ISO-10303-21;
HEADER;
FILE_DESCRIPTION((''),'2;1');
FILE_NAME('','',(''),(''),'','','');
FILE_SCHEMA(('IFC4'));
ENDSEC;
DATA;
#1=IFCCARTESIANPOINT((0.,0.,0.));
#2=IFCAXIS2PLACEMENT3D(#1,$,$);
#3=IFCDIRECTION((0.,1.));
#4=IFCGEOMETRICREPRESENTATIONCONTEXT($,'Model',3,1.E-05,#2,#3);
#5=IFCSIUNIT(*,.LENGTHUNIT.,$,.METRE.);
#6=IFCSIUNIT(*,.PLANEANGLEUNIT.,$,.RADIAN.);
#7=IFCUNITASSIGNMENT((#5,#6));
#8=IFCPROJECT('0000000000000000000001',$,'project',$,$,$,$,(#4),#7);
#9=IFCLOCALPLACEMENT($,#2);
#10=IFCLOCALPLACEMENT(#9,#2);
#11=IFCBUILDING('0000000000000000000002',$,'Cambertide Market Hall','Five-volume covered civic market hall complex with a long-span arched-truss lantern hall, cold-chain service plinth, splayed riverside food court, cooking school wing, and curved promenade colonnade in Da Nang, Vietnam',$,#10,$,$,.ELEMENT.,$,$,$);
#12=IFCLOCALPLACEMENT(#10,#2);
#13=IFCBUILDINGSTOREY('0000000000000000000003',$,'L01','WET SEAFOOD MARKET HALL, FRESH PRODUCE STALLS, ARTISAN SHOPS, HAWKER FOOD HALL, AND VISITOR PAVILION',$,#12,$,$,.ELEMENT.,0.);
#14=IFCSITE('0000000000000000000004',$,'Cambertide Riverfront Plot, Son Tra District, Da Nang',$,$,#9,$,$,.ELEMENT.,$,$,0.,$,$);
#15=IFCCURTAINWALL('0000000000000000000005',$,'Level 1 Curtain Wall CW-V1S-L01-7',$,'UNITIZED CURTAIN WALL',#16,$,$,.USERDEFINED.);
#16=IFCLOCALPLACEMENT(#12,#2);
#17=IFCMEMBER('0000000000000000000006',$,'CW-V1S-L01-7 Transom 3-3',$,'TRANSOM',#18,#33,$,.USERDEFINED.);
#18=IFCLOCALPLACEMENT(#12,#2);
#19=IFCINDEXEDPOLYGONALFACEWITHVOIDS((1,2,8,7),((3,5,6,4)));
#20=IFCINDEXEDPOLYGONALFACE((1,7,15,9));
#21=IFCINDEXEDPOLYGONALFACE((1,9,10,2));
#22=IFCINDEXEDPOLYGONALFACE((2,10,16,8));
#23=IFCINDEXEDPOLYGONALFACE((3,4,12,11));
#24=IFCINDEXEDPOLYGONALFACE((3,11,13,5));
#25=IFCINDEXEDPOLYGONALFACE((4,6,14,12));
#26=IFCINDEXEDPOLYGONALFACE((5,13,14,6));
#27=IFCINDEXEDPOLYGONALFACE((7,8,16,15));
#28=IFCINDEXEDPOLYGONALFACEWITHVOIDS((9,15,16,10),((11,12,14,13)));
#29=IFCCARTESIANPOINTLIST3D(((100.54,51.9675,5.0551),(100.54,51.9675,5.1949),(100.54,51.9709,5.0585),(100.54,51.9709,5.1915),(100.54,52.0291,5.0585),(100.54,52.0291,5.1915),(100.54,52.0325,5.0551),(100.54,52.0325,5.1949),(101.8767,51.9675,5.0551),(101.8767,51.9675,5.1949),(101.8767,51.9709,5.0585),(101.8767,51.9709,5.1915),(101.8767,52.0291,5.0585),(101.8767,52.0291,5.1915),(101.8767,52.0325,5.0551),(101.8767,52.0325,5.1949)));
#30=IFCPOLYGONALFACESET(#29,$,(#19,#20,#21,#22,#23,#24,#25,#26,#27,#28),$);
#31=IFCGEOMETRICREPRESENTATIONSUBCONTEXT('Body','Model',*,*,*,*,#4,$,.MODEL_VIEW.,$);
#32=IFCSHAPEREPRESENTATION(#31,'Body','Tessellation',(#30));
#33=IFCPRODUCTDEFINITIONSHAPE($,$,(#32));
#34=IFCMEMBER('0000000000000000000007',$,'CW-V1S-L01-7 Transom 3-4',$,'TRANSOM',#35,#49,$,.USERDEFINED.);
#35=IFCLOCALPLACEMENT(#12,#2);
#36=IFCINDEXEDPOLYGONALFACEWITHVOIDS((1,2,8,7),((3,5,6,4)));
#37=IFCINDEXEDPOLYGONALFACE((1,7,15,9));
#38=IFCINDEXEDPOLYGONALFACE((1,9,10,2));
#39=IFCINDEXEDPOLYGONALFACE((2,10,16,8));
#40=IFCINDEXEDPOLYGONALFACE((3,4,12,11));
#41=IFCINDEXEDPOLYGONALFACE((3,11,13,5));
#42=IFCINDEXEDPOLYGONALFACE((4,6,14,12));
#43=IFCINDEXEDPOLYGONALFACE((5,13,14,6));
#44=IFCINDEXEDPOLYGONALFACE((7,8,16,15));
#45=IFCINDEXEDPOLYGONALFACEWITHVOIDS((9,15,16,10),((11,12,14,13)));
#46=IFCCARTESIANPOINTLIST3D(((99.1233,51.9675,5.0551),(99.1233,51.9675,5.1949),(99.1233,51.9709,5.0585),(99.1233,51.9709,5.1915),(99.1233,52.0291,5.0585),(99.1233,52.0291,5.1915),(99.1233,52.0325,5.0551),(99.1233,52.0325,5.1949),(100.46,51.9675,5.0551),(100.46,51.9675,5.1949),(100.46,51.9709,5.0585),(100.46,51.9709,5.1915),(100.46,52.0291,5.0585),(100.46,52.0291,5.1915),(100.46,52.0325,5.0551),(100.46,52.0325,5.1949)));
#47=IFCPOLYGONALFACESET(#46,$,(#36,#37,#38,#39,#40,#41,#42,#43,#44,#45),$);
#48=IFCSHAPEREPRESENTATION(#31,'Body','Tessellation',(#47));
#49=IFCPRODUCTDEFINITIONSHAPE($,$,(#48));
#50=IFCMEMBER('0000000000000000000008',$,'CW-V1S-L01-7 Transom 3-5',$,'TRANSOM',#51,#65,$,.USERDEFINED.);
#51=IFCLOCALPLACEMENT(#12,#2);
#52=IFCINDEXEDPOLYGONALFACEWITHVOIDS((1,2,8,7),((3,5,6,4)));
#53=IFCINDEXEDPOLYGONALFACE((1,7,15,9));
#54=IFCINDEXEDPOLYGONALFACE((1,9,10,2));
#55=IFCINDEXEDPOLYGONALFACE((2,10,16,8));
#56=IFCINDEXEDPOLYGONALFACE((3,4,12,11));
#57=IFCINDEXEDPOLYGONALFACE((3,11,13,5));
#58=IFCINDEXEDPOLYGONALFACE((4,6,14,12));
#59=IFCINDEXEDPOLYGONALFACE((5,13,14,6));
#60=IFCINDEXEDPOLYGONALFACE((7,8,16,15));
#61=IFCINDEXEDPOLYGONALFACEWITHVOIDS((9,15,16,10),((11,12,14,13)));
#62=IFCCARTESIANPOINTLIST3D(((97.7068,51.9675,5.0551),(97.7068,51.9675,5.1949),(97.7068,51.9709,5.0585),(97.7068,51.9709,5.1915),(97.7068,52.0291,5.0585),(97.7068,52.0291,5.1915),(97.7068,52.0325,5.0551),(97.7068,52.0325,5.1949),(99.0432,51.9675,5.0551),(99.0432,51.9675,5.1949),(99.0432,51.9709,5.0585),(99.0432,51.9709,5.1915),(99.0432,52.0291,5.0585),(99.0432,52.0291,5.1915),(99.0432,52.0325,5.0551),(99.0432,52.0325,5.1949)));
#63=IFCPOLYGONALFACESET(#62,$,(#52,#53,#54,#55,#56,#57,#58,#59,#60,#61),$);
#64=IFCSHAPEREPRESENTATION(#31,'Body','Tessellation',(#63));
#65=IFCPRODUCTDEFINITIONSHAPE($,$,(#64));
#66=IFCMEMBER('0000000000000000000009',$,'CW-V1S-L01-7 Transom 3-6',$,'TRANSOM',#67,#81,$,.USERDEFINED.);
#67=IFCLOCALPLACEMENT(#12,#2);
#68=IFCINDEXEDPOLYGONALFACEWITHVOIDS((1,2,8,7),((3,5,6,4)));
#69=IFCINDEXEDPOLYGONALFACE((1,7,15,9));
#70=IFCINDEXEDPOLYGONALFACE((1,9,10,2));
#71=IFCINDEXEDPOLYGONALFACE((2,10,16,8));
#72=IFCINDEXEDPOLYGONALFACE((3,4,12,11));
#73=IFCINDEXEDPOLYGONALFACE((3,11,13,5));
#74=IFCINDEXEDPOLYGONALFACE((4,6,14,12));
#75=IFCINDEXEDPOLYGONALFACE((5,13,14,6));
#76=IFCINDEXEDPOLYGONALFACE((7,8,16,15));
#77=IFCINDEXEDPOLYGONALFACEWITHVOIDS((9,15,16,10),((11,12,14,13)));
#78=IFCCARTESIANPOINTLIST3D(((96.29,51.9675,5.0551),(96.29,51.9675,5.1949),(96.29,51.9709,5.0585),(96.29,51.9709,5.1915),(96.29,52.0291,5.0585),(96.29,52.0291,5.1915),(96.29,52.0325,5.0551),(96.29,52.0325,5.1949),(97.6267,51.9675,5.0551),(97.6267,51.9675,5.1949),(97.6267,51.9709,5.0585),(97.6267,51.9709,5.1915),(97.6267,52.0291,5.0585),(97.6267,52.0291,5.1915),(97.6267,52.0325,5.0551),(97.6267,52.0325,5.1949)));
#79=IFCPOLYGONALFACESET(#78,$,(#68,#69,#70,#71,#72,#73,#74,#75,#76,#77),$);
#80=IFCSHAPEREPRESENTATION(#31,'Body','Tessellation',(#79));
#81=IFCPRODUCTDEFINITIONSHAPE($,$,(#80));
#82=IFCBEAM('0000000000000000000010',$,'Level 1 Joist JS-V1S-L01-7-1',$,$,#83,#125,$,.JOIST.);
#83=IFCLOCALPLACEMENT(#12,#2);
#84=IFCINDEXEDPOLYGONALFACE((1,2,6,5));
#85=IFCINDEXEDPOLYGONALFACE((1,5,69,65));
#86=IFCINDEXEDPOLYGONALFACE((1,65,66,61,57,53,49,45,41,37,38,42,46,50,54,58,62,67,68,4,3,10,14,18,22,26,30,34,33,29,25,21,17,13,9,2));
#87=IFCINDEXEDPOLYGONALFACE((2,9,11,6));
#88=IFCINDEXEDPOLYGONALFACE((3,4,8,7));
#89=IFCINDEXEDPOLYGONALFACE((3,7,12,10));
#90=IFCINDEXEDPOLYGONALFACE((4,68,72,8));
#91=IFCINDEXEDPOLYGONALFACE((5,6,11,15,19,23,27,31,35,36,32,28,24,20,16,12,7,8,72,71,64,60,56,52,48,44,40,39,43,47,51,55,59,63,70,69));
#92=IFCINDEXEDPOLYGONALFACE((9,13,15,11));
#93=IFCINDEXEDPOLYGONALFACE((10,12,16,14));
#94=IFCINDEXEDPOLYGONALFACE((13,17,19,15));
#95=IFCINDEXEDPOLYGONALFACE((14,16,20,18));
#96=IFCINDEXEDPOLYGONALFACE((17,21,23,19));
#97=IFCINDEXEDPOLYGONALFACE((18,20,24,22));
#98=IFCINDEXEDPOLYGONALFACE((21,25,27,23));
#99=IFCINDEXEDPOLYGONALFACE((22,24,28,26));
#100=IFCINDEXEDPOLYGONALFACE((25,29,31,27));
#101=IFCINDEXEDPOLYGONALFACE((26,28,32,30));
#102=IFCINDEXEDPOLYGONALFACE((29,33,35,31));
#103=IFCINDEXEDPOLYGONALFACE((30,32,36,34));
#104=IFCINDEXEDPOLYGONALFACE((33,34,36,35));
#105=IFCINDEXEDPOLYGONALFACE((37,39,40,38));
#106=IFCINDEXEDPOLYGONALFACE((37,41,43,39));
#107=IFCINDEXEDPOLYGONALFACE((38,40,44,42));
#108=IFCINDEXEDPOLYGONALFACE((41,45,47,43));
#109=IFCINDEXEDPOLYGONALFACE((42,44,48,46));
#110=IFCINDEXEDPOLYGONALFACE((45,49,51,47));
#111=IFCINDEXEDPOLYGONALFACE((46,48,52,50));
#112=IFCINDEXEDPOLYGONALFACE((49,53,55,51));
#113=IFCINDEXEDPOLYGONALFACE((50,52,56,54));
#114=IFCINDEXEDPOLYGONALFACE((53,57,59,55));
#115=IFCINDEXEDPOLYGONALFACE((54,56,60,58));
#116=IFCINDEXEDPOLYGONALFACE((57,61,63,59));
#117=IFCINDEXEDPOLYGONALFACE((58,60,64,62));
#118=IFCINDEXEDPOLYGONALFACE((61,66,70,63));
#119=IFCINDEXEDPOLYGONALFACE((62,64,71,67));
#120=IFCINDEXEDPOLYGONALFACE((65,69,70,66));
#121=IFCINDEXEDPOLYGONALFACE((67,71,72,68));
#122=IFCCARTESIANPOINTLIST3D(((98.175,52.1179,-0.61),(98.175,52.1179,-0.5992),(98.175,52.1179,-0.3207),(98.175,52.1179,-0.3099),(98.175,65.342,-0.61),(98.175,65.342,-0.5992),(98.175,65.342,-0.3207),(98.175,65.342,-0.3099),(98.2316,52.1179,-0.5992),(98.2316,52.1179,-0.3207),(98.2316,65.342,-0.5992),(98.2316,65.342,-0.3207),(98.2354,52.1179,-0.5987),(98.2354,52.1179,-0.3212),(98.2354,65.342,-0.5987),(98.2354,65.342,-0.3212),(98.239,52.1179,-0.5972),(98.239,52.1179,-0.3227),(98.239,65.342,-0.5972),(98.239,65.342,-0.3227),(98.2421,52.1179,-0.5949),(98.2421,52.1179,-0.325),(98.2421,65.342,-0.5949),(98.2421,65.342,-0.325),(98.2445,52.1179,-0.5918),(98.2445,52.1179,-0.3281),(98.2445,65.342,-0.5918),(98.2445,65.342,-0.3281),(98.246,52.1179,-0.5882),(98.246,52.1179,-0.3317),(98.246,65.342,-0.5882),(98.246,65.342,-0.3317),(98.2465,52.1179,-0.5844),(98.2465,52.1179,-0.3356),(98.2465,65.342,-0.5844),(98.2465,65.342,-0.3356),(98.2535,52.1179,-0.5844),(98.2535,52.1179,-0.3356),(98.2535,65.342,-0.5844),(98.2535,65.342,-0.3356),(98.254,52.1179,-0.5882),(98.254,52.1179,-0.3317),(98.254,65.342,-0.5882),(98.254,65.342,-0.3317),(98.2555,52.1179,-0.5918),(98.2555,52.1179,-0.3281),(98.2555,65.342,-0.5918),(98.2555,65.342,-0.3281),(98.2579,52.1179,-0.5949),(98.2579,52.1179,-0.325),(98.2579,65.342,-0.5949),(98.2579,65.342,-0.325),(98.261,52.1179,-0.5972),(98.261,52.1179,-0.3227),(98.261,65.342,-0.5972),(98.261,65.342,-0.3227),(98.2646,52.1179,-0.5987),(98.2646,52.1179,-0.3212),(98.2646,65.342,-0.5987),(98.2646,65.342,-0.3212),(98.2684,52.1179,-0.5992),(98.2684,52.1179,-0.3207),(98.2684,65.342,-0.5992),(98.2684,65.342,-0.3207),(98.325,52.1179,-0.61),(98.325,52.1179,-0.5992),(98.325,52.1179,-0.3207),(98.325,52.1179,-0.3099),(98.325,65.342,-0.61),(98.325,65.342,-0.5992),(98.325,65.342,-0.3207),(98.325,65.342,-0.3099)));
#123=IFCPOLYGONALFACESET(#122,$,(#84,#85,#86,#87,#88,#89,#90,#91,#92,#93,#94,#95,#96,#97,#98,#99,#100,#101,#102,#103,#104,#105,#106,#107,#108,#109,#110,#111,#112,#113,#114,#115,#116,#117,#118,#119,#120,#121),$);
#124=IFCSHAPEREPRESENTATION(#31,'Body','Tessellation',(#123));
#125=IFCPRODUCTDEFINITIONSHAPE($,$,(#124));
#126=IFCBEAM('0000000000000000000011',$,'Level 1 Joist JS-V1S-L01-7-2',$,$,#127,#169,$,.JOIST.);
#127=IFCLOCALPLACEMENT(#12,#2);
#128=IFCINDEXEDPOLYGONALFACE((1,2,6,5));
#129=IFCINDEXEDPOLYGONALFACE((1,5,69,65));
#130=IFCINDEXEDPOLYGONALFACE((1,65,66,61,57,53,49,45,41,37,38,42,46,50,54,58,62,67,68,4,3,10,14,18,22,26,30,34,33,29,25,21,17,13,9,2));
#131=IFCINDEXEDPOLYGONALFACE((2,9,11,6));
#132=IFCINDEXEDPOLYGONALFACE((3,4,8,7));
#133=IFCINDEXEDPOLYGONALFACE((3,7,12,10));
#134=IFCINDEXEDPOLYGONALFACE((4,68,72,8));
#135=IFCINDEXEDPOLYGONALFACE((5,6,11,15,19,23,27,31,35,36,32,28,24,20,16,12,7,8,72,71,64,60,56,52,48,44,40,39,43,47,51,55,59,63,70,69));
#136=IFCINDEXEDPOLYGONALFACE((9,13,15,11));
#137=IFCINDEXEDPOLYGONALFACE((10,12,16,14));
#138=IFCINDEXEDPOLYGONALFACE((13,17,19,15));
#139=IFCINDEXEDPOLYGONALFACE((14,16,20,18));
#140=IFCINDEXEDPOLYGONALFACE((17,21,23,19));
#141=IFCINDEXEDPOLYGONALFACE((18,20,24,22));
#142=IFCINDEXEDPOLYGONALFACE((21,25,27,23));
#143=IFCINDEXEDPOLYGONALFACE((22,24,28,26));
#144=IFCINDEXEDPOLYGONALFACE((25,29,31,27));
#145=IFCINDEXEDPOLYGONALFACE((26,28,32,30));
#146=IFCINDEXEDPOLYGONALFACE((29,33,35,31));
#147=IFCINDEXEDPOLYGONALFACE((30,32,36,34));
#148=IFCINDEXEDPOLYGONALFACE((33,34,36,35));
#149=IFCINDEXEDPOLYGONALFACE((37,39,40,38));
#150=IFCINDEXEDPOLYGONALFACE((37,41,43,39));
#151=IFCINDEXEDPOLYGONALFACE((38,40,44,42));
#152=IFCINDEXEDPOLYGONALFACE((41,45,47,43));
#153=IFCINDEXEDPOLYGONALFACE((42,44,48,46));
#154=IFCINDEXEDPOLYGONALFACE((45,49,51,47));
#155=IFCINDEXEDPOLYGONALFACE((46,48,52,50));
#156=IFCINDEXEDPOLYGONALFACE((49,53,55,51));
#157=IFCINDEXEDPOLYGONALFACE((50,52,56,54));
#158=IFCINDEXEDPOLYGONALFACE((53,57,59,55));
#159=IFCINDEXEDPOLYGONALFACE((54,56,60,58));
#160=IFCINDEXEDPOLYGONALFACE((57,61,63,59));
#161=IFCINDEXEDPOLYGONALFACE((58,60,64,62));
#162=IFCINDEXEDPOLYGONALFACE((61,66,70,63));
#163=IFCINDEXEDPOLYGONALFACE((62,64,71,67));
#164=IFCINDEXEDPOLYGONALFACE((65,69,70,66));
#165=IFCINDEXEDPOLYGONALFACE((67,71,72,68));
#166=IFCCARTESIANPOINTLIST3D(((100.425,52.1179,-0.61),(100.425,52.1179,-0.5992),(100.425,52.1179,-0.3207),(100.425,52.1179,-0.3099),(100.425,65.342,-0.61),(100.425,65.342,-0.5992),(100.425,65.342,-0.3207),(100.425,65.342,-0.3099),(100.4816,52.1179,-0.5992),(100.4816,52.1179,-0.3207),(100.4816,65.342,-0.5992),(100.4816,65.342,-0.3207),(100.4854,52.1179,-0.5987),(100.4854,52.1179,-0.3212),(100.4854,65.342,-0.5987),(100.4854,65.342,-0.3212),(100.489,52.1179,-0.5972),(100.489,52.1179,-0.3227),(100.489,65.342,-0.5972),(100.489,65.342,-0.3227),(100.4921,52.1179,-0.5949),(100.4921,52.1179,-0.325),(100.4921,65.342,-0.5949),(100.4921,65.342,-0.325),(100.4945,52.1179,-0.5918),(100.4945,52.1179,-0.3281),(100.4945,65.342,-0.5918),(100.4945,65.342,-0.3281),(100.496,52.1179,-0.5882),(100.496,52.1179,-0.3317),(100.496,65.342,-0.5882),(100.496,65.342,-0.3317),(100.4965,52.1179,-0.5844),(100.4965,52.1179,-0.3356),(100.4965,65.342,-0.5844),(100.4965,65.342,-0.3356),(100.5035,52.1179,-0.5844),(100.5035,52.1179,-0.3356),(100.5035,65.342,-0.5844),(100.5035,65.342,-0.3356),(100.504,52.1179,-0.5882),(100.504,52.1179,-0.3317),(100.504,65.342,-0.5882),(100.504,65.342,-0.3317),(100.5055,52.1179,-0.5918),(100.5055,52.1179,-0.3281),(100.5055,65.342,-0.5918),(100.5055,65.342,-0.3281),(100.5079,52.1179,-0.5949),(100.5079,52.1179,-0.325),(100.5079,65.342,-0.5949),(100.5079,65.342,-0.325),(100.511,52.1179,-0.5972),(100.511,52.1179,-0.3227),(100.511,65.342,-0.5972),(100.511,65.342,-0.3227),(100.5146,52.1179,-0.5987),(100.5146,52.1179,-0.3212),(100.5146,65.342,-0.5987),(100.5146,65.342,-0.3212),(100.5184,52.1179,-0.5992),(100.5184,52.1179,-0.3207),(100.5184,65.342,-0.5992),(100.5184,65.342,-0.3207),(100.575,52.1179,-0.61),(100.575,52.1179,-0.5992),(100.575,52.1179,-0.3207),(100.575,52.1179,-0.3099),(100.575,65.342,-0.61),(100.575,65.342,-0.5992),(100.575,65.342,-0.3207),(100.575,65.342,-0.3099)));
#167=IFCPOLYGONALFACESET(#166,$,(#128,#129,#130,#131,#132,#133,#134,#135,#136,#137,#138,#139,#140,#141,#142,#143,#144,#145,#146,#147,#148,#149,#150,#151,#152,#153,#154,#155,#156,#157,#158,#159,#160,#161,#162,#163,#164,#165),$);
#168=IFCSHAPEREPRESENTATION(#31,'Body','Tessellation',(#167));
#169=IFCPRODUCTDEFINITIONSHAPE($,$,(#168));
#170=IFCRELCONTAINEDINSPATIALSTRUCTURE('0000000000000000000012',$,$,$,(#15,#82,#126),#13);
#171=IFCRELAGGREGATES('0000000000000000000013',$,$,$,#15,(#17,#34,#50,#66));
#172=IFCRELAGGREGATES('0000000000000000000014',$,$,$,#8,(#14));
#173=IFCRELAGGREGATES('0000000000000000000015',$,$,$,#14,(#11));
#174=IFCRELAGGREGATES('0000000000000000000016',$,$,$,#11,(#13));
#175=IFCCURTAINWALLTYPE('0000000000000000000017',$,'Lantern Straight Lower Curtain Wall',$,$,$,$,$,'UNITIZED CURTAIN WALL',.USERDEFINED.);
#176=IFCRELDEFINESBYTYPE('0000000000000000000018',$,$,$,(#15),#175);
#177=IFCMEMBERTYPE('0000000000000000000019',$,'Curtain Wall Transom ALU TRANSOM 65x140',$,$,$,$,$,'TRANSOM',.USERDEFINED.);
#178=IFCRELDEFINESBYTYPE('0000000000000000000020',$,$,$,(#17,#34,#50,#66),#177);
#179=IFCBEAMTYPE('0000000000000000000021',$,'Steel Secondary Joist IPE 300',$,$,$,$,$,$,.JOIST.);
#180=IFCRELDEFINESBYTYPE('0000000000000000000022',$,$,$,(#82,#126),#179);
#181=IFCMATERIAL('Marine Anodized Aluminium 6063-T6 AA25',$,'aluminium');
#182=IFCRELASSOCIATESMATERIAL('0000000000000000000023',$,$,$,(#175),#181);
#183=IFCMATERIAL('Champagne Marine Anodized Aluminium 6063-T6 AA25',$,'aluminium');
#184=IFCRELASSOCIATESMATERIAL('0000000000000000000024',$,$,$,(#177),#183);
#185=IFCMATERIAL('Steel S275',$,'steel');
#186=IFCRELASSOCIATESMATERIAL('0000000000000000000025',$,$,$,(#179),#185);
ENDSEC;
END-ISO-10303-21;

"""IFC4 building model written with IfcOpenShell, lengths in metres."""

from ifc_helpers import new_model, si_unit, direction, frame, origin, origin_2d, place, context, subcontext, project, spatial, hollow_rectangle, i_section, extrude, material, material_profile, profile_set, type_object, element, aggregate, save


model = new_model("IFC4")

# Units and contexts
model_context = context("Model", 3, precision=1e-05, world=origin(), true_north=direction((0.0, 1.0)))
body_context = subcontext(model_context, "Body", "Model", "MODEL_VIEW")
ifc_project = project(units=[si_unit("LENGTHUNIT", "METRE"), si_unit("PLANEANGLEUNIT", "RADIAN")], contexts=[model_context])

# Site, building, storey
site_placement = place(None, origin())
site = spatial("IfcSite", under=ifc_project, at=site_placement, Name="Cambertide Riverfront Plot, Son Tra District, Da Nang", CompositionType="ELEMENT", RefElevation=0.0)
building_placement = place(site_placement, origin())
building = spatial("IfcBuilding", under=site, at=building_placement, Name="Cambertide Market Hall", Description="Five-volume covered civic market hall complex with a long-span arched-truss lantern hall, cold-chain service plinth, splayed riverside food court, cooking school wing, and curved promenade colonnade in Da Nang, Vietnam", CompositionType="ELEMENT")
storey_placement = place(building_placement, origin())
storey = spatial("IfcBuildingStorey", under=building, at=storey_placement, Name="L01", Description="WET SEAFOOD MARKET HALL, FRESH PRODUCE STALLS, ARTISAN SHOPS, HAWKER FOOD HALL, AND VISITOR PAVILION", CompositionType="ELEMENT", Elevation=0.0)

# Curtain wall, members
ifc_material_1 = material(Name="Marine Anodized Aluminium 6063-T6 AA25", Category="aluminium")
curtain_wall_type = type_object("IfcCurtainWallType", Name="Lantern Straight Lower Curtain Wall", ElementType="UNITIZED CURTAIN WALL", PredefinedType="USERDEFINED", material=ifc_material_1)
curtain_wall_placement = place(storey_placement, origin())
curtain_wall = element("IfcCurtainWall", 1, at=curtain_wall_placement, inside=storey, type_object=curtain_wall_type, Name="Level 1 Curtain Wall CW-V1S-L01-7", ObjectType="UNITIZED CURTAIN WALL", PredefinedType="USERDEFINED")
ifc_material_2 = material(Name="Champagne Marine Anodized Aluminium 6063-T6 AA25", Category="aluminium")
ifc_material_profile_1 = material_profile(ifc_material_2, hollow_rectangle(XDim=0.0649, YDim=0.1399, WallThickness=0.0034, at=origin_2d()), Name="ALU TRANSOM 65x140")
ifc_profile_set_1 = profile_set([ifc_material_profile_1], Name="Champagne Marine Anodized Aluminium 6063-T6 AA25")
member_type_1 = type_object("IfcMemberType", Name="Curtain Wall Transom ALU TRANSOM 65x140", ElementType="TRANSOM", PredefinedType="USERDEFINED", material=ifc_profile_set_1)
member_1_placement = place(storey_placement, frame((101.8767, 52.0, 5.125), z_axis=(-1.0, 0.0, 0.0), x_axis=(0.0, -1.0, 0.0)))
member_1 = element("IfcMember", 2, at=member_1_placement, type_object=member_type_1, Name="CW-V1S-L01-7 Transom 3-3", ObjectType="TRANSOM", PredefinedType="USERDEFINED", context=body_context, shape_type="SweptSolid", body=[
    extrude(hollow_rectangle(XDim=0.0649, YDim=0.1399, WallThickness=0.0034, at=origin_2d()), origin(), (0.0, 0.0, 1.0), 1.3367),
])
member_2_placement = place(storey_placement, frame((100.46, 52.0, 5.125), z_axis=(-1.0, 0.0, 0.0), x_axis=(0.0, -1.0, 0.0)))
member_2 = element("IfcMember", 3, at=member_2_placement, type_object=member_type_1, Name="CW-V1S-L01-7 Transom 3-4", ObjectType="TRANSOM", PredefinedType="USERDEFINED", context=body_context, shape_type="SweptSolid", body=[
    extrude(hollow_rectangle(XDim=0.0649, YDim=0.1399, WallThickness=0.0034, at=origin_2d()), origin(), (0.0, 0.0, 1.0), 1.3367),
])
member_3_placement = place(storey_placement, frame((99.0432, 52.0, 5.125), z_axis=(-1.0, 0.0, 0.0), x_axis=(0.0, -1.0, 0.0)))
member_3 = element("IfcMember", 4, at=member_3_placement, type_object=member_type_1, Name="CW-V1S-L01-7 Transom 3-5", ObjectType="TRANSOM", PredefinedType="USERDEFINED", context=body_context, shape_type="SweptSolid", body=[
    extrude(hollow_rectangle(XDim=0.0649, YDim=0.1399, WallThickness=0.0034, at=origin_2d()), origin(), (0.0, 0.0, 1.0), 1.3364),
])
member_4_placement = place(storey_placement, frame((97.6267, 52.0, 5.125), z_axis=(-1.0, 0.0, 0.0), x_axis=(0.0, -1.0, 0.0)))
member_4 = element("IfcMember", 5, at=member_4_placement, type_object=member_type_1, Name="CW-V1S-L01-7 Transom 3-6", ObjectType="TRANSOM", PredefinedType="USERDEFINED", context=body_context, shape_type="SweptSolid", body=[
    extrude(hollow_rectangle(XDim=0.0649, YDim=0.1399, WallThickness=0.0034, at=origin_2d()), origin(), (0.0, 0.0, 1.0), 1.3367),
])

# Beams
ifc_material_3 = material(Name="Steel S275", Category="steel")
ifc_material_profile_2 = material_profile(ifc_material_3, i_section(OverallWidth=0.1499, OverallDepth=0.3, WebThickness=0.0071, FlangeThickness=0.0107, FilletRadius=0.0149, at=origin_2d()), Name="IPE 300")
ifc_profile_set_2 = profile_set([ifc_material_profile_2], Name="Steel S275")
beam_type = type_object("IfcBeamType", Name="Steel Secondary Joist IPE 300", PredefinedType="JOIST", material=ifc_profile_set_2)
for number, where, z_axis, x_axis, name in (
    (6, (98.25, 52.1179, -0.46), (0.0, 1.0, 0.0), (-1.0, 0.0, 0.0), "Level 1 Joist JS-V1S-L01-7-1"),
    (7, (100.5, 52.1179, -0.46), (0.0, 1.0, 0.0), (-1.0, 0.0, 0.0), "Level 1 Joist JS-V1S-L01-7-2"),
):
    element("IfcBeam", number, at=place(storey_placement, frame(where, z_axis=z_axis, x_axis=x_axis)), inside=storey, type_object=beam_type, Name=name, PredefinedType="JOIST", context=body_context, shape_type="SweptSolid", body=[
        extrude(i_section(OverallWidth=0.1499, OverallDepth=0.3, WebThickness=0.0071, FlangeThickness=0.0107, FilletRadius=0.0149, at=origin_2d()), origin(), (0.0, 0.0, 1.0), 13.2241),
    ])

aggregate(curtain_wall, [member_1, member_2, member_3, member_4])

save(model, "model.ifc")
